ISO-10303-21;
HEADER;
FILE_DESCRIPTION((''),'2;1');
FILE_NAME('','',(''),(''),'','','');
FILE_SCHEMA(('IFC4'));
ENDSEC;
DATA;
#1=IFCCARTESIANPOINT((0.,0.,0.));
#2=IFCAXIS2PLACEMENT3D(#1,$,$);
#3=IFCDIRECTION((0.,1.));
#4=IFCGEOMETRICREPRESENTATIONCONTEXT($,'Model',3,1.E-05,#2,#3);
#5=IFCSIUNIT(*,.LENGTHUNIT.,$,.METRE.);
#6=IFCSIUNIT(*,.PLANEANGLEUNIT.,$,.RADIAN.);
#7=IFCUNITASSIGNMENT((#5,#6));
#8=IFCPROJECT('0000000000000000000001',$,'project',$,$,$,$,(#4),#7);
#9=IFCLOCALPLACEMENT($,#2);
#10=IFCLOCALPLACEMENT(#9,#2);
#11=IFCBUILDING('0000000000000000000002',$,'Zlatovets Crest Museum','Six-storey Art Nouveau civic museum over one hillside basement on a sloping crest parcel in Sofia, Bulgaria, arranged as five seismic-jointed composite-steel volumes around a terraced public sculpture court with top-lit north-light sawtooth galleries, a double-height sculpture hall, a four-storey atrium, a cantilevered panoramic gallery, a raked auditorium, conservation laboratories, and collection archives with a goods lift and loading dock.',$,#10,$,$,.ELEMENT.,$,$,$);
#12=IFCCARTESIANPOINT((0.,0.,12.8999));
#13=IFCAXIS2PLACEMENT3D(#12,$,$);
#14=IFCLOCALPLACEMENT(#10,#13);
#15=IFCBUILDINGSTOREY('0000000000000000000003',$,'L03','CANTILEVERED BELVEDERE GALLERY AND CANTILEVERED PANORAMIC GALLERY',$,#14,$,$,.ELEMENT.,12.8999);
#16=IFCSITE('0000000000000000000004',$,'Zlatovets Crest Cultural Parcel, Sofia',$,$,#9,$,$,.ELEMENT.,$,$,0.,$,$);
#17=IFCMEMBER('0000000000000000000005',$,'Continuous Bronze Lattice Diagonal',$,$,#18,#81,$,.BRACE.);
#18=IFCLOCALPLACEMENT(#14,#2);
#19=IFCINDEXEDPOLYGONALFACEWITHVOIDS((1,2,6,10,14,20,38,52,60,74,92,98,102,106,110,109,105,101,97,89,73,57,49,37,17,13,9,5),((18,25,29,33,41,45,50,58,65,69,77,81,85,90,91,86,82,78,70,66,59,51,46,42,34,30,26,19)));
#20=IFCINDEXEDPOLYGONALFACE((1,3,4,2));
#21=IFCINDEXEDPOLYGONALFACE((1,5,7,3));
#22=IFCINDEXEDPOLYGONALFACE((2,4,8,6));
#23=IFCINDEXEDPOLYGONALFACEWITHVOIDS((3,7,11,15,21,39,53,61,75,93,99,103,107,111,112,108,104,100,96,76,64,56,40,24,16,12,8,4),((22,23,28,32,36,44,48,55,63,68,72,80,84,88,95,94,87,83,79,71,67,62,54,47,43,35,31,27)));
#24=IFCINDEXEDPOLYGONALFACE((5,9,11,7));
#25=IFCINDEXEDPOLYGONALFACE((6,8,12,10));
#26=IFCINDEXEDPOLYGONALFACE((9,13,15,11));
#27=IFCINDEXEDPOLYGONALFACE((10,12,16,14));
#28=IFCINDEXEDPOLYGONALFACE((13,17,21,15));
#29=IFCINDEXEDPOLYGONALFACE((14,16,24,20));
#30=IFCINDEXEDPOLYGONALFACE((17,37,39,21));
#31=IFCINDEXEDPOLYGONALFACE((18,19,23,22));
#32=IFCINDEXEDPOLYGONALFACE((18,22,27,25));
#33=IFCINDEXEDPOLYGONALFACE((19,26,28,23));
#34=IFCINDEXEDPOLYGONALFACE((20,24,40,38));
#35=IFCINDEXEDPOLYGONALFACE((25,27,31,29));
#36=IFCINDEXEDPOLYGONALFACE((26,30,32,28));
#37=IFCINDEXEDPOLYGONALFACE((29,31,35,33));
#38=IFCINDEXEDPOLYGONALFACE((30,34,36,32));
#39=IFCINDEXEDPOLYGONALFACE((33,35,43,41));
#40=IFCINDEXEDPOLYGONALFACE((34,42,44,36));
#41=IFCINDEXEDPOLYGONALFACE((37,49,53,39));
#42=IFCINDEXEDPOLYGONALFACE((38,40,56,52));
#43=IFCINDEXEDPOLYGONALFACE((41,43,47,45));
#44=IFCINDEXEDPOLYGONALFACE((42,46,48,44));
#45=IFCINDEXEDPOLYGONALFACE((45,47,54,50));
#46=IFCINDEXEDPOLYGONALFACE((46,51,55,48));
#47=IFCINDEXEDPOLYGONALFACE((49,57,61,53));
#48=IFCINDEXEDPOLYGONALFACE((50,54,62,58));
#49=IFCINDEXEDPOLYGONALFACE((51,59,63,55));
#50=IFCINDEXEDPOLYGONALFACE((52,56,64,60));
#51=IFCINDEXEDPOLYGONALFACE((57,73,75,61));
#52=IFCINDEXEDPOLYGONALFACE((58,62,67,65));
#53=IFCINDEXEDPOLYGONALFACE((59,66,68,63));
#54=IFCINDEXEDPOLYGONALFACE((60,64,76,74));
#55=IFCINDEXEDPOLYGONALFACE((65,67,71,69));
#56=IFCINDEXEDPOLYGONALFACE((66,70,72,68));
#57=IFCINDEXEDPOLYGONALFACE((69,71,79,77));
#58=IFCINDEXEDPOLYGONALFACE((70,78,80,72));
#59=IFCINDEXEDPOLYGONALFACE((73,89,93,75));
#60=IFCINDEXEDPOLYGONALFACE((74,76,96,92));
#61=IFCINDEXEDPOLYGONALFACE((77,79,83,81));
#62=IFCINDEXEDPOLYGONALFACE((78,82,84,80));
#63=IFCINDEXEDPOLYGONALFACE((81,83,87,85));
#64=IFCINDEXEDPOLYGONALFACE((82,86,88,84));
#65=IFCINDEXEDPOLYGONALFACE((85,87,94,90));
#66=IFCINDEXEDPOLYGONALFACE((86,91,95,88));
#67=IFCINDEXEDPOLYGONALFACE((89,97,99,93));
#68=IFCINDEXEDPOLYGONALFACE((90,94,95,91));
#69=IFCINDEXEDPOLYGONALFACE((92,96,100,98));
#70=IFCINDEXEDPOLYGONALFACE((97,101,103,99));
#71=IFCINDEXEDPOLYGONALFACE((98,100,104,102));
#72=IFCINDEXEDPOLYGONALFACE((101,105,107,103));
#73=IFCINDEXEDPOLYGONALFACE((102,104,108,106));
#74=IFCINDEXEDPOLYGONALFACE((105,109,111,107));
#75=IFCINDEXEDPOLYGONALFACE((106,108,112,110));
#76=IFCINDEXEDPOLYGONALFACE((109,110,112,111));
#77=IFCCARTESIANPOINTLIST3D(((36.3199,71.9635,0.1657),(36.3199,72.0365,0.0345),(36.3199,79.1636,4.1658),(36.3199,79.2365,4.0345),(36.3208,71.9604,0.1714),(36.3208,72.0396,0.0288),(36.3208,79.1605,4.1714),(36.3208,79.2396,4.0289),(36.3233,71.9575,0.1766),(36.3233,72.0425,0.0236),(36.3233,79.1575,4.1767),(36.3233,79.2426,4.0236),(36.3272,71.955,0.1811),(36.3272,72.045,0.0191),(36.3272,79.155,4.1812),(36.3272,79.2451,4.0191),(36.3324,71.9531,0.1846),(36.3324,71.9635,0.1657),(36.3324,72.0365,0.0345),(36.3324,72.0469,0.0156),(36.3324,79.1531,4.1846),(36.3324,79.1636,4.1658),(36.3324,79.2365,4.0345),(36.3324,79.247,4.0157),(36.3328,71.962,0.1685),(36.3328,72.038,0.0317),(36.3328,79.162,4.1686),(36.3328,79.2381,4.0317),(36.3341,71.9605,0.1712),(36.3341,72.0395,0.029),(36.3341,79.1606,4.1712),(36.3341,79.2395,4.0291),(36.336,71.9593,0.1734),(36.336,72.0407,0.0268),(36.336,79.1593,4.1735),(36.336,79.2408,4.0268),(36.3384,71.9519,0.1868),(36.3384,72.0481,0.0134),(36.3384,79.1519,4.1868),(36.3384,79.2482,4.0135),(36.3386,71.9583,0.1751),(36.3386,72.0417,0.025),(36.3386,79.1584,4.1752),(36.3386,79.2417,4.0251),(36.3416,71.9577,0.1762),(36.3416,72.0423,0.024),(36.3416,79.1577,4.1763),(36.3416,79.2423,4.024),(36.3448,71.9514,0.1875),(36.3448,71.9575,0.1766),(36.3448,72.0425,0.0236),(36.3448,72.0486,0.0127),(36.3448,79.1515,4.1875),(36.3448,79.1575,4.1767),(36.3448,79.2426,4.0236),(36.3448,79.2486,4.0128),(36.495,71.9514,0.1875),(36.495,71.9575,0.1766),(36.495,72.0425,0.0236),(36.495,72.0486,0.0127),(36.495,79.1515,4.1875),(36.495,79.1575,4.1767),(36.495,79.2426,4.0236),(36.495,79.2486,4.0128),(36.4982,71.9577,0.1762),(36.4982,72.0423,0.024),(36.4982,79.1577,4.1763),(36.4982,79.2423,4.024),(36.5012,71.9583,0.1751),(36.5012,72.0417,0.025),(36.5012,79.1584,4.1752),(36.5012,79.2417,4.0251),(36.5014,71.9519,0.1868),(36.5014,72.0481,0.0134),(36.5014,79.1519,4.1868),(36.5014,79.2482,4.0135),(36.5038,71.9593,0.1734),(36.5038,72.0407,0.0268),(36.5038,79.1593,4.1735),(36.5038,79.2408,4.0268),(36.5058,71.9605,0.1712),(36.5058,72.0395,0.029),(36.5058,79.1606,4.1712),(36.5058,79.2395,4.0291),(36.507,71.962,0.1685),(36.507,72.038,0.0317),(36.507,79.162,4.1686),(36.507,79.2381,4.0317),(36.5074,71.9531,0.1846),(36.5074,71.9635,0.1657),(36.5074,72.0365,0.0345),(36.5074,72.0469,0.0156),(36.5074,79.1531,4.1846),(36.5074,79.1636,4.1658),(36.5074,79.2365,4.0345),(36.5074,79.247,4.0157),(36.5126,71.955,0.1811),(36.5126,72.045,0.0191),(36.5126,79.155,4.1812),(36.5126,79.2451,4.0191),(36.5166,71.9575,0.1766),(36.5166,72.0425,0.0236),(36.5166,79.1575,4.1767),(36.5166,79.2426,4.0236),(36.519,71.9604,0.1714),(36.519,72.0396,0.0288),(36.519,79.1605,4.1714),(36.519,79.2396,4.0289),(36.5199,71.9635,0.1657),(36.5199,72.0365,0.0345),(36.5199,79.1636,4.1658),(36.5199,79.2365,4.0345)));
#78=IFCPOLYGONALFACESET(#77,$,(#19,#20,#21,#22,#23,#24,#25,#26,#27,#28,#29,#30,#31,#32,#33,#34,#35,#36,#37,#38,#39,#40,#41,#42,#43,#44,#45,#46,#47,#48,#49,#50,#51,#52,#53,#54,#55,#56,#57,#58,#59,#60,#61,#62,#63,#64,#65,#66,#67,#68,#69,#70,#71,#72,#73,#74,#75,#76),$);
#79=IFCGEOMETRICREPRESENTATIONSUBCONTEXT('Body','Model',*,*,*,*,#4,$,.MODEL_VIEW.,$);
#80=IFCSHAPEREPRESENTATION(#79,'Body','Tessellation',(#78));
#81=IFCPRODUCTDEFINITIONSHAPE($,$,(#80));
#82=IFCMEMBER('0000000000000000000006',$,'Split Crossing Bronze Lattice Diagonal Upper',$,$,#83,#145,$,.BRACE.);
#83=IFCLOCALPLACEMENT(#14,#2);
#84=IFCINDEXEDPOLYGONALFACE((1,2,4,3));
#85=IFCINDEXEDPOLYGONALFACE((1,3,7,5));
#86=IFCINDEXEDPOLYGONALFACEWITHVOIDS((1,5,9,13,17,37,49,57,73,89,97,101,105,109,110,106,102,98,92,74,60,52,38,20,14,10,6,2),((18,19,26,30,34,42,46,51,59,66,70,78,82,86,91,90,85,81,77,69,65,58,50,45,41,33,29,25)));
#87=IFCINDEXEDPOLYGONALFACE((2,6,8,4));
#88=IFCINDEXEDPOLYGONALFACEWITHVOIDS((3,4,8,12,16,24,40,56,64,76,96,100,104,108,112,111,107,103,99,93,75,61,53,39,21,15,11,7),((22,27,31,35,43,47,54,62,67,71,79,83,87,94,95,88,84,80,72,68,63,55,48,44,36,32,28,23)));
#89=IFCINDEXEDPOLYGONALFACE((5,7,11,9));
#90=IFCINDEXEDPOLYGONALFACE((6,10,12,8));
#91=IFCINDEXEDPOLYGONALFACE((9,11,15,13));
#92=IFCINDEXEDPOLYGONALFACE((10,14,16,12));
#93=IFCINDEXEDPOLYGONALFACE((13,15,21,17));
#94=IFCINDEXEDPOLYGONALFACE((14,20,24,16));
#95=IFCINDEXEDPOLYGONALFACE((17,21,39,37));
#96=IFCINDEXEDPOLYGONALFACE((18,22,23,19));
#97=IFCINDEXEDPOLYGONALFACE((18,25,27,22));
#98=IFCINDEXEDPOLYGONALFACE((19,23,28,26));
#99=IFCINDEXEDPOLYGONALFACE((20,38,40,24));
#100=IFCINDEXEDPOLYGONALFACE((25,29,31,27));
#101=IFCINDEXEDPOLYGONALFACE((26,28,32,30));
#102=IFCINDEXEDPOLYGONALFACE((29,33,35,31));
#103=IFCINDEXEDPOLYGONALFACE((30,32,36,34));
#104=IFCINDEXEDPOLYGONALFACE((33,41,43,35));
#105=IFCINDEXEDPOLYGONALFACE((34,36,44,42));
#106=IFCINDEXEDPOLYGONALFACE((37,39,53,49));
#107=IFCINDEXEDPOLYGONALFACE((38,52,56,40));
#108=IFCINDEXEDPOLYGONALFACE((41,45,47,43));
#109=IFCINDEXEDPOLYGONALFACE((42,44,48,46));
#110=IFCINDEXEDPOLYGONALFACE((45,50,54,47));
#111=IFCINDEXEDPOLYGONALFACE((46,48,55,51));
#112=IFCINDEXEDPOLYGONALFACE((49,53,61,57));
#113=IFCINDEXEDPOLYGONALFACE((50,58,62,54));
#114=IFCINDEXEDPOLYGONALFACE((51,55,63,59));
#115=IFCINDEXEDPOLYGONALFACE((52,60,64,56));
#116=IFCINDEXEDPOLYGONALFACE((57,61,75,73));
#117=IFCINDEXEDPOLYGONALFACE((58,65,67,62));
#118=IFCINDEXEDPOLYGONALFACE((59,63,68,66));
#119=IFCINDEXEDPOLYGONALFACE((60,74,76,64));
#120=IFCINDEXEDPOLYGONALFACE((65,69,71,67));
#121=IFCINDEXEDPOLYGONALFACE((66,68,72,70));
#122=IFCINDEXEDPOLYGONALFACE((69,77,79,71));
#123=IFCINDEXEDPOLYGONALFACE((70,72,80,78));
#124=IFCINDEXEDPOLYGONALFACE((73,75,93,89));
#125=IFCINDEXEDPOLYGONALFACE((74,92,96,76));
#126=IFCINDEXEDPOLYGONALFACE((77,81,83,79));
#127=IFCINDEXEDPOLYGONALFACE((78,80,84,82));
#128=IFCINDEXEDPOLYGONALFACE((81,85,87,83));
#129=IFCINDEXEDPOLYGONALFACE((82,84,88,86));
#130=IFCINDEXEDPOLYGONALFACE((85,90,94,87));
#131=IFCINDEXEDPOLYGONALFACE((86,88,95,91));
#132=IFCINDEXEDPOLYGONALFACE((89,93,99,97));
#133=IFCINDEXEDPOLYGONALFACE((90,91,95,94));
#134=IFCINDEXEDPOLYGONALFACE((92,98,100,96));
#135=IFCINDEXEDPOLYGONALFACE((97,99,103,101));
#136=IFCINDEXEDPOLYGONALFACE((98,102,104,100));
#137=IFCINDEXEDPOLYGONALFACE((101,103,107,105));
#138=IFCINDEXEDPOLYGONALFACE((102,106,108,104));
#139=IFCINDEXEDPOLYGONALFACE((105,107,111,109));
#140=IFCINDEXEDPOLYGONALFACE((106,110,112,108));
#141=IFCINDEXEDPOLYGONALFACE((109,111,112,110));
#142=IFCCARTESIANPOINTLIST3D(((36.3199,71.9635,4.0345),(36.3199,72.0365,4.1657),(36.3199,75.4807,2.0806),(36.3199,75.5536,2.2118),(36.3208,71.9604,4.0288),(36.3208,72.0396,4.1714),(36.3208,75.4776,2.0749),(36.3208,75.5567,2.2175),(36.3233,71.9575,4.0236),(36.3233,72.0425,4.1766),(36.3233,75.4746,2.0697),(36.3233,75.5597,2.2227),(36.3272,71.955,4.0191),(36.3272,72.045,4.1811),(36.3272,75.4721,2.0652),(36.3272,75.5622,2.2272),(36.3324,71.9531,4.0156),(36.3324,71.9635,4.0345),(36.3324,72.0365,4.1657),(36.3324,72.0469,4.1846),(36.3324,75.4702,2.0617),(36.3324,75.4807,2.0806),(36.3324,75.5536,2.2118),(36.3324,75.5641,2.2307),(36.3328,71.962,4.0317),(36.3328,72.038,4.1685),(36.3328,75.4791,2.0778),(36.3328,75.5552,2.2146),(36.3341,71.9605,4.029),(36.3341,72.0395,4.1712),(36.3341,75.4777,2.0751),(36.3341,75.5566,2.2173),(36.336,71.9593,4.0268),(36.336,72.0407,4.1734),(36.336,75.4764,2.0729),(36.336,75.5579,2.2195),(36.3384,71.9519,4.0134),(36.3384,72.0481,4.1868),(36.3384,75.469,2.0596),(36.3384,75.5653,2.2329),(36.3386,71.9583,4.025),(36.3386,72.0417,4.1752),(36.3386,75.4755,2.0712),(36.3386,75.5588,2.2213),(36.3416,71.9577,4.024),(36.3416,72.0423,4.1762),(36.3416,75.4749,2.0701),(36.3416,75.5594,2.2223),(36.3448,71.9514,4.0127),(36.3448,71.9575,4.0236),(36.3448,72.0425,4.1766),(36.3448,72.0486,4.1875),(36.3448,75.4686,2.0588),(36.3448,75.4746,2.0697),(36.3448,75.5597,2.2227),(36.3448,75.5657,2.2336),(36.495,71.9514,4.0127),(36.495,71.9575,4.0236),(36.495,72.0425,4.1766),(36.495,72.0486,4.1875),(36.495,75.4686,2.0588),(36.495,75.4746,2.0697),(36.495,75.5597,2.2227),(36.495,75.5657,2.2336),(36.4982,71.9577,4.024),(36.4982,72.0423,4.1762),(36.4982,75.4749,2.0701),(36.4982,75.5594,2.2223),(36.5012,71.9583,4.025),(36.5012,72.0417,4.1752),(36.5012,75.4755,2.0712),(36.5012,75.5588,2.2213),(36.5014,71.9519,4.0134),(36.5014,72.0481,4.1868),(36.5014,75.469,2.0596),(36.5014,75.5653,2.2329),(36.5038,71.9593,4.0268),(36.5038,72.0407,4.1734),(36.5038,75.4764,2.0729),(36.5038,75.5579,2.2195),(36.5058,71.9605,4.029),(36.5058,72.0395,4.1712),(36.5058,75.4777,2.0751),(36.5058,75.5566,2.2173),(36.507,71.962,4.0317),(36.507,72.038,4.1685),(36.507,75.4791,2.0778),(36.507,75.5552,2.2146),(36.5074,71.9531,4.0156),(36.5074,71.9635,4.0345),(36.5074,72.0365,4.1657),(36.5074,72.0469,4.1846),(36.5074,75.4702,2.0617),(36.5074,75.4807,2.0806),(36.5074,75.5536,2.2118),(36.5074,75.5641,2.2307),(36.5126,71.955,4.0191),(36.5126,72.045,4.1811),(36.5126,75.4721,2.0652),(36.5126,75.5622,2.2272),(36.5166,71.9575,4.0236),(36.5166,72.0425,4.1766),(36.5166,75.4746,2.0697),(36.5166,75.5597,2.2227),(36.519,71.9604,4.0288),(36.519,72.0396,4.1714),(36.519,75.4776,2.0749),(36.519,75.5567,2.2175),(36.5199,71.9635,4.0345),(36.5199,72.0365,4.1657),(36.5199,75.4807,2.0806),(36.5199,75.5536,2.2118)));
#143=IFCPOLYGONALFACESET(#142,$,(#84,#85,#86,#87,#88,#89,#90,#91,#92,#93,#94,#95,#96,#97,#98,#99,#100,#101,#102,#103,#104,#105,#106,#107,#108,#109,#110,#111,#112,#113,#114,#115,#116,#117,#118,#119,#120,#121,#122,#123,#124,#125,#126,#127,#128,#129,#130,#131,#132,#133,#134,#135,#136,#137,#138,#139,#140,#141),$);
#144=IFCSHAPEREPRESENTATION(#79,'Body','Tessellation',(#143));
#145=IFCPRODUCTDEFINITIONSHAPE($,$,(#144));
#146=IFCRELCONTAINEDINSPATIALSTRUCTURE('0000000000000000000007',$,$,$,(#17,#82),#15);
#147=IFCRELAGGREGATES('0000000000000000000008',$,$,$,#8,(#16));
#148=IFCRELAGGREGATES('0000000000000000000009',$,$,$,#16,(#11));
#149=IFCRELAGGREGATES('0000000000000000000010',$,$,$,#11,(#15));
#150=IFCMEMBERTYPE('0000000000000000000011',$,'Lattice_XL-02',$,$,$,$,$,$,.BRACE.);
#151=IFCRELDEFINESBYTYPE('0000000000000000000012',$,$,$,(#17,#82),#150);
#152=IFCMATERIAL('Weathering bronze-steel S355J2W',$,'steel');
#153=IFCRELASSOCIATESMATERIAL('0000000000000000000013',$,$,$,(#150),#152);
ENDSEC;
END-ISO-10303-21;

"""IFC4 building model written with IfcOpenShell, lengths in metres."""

from ifc_helpers import new_model, si_unit, direction, frame, origin, origin_2d, place, context, subcontext, project, spatial, hollow_rectangle, extrude, material, material_profile, profile_set, type_object, element, save


model = new_model("IFC4")

# Units and contexts
model_context = context("Model", 3, precision=1e-05, world=origin(), true_north=direction((0.0, 1.0)))
body_context = subcontext(model_context, "Body", "Model", "MODEL_VIEW")
ifc_project = project(units=[si_unit("LENGTHUNIT", "METRE"), si_unit("PLANEANGLEUNIT", "RADIAN")], contexts=[model_context])

# Site, building, storey
site_placement = place(None, origin())
site = spatial("IfcSite", under=ifc_project, at=site_placement, Name="Zlatovets Crest Cultural Parcel, Sofia", CompositionType="ELEMENT", RefElevation=0.0)
building_placement = place(site_placement, origin())
building = spatial("IfcBuilding", under=site, at=building_placement, Name="Zlatovets Crest Museum", Description="Six-storey Art Nouveau civic museum over one hillside basement on a sloping crest parcel in Sofia, Bulgaria, arranged as five seismic-jointed composite-steel volumes around a terraced public sculpture court with top-lit north-light sawtooth galleries, a double-height sculpture hall, a four-storey atrium, a cantilevered panoramic gallery, a raked auditorium, conservation laboratories, and collection archives with a goods lift and loading dock.", CompositionType="ELEMENT")
storey_placement = place(building_placement, frame((0.0, 0.0, 12.8999)))
storey = spatial("IfcBuildingStorey", under=building, at=storey_placement, Name="L03", Description="CANTILEVERED BELVEDERE GALLERY AND CANTILEVERED PANORAMIC GALLERY", CompositionType="ELEMENT", Elevation=12.8999)

# Members
ifc_material_1 = material(Name="Weathering bronze-steel S355J2W", Category="steel")
ifc_material_profile_1 = material_profile(ifc_material_1, hollow_rectangle(XDim=0.2, YDim=0.2, WallThickness=0.0125, InnerFilletRadius=0.0125, OuterFilletRadius=0.0249, at=origin_2d()), Name="SHS 200x200x12.5")
ifc_profile_set_1 = profile_set([ifc_material_profile_1], Name="Weathering bronze-steel S355J2W")
member_type_1 = type_object("IfcMemberType", Name="Lattice_XL-02", PredefinedType="BRACE", material=ifc_profile_set_1)
member_1_placement = place(storey_placement, frame((36.4199, 72.0, 0.1001), z_axis=(0.0, 0.874156, 0.485645), x_axis=(-1.0, 0.0, 0.0)))
element("IfcMember", 1, at=member_1_placement, inside=storey, type_object=member_type_1, Name="Continuous Bronze Lattice Diagonal", PredefinedType="BRACE", context=body_context, shape_type="SweptSolid", body=[
    extrude(hollow_rectangle(XDim=0.2, YDim=0.2, WallThickness=0.0125, InnerFilletRadius=0.0125, OuterFilletRadius=0.0249, at=origin_2d()), origin(), (0.0, 0.0, 1.0), 8.2366),
])
member_2_placement = place(storey_placement, frame((36.4199, 72.0, 4.1001), z_axis=(0.0, 0.874166, -0.485627), x_axis=(-1.0, 0.0, 0.0)))
element("IfcMember", 2, at=member_2_placement, inside=storey, type_object=member_type_1, Name="Split Crossing Bronze Lattice Diagonal Upper", PredefinedType="BRACE", context=body_context, shape_type="SweptSolid", body=[
    extrude(hollow_rectangle(XDim=0.2, YDim=0.2, WallThickness=0.0125, InnerFilletRadius=0.0125, OuterFilletRadius=0.0249, at=origin_2d()), origin(), (0.0, 0.0, 1.0), 4.0234),
])

save(model, "model.ifc")
